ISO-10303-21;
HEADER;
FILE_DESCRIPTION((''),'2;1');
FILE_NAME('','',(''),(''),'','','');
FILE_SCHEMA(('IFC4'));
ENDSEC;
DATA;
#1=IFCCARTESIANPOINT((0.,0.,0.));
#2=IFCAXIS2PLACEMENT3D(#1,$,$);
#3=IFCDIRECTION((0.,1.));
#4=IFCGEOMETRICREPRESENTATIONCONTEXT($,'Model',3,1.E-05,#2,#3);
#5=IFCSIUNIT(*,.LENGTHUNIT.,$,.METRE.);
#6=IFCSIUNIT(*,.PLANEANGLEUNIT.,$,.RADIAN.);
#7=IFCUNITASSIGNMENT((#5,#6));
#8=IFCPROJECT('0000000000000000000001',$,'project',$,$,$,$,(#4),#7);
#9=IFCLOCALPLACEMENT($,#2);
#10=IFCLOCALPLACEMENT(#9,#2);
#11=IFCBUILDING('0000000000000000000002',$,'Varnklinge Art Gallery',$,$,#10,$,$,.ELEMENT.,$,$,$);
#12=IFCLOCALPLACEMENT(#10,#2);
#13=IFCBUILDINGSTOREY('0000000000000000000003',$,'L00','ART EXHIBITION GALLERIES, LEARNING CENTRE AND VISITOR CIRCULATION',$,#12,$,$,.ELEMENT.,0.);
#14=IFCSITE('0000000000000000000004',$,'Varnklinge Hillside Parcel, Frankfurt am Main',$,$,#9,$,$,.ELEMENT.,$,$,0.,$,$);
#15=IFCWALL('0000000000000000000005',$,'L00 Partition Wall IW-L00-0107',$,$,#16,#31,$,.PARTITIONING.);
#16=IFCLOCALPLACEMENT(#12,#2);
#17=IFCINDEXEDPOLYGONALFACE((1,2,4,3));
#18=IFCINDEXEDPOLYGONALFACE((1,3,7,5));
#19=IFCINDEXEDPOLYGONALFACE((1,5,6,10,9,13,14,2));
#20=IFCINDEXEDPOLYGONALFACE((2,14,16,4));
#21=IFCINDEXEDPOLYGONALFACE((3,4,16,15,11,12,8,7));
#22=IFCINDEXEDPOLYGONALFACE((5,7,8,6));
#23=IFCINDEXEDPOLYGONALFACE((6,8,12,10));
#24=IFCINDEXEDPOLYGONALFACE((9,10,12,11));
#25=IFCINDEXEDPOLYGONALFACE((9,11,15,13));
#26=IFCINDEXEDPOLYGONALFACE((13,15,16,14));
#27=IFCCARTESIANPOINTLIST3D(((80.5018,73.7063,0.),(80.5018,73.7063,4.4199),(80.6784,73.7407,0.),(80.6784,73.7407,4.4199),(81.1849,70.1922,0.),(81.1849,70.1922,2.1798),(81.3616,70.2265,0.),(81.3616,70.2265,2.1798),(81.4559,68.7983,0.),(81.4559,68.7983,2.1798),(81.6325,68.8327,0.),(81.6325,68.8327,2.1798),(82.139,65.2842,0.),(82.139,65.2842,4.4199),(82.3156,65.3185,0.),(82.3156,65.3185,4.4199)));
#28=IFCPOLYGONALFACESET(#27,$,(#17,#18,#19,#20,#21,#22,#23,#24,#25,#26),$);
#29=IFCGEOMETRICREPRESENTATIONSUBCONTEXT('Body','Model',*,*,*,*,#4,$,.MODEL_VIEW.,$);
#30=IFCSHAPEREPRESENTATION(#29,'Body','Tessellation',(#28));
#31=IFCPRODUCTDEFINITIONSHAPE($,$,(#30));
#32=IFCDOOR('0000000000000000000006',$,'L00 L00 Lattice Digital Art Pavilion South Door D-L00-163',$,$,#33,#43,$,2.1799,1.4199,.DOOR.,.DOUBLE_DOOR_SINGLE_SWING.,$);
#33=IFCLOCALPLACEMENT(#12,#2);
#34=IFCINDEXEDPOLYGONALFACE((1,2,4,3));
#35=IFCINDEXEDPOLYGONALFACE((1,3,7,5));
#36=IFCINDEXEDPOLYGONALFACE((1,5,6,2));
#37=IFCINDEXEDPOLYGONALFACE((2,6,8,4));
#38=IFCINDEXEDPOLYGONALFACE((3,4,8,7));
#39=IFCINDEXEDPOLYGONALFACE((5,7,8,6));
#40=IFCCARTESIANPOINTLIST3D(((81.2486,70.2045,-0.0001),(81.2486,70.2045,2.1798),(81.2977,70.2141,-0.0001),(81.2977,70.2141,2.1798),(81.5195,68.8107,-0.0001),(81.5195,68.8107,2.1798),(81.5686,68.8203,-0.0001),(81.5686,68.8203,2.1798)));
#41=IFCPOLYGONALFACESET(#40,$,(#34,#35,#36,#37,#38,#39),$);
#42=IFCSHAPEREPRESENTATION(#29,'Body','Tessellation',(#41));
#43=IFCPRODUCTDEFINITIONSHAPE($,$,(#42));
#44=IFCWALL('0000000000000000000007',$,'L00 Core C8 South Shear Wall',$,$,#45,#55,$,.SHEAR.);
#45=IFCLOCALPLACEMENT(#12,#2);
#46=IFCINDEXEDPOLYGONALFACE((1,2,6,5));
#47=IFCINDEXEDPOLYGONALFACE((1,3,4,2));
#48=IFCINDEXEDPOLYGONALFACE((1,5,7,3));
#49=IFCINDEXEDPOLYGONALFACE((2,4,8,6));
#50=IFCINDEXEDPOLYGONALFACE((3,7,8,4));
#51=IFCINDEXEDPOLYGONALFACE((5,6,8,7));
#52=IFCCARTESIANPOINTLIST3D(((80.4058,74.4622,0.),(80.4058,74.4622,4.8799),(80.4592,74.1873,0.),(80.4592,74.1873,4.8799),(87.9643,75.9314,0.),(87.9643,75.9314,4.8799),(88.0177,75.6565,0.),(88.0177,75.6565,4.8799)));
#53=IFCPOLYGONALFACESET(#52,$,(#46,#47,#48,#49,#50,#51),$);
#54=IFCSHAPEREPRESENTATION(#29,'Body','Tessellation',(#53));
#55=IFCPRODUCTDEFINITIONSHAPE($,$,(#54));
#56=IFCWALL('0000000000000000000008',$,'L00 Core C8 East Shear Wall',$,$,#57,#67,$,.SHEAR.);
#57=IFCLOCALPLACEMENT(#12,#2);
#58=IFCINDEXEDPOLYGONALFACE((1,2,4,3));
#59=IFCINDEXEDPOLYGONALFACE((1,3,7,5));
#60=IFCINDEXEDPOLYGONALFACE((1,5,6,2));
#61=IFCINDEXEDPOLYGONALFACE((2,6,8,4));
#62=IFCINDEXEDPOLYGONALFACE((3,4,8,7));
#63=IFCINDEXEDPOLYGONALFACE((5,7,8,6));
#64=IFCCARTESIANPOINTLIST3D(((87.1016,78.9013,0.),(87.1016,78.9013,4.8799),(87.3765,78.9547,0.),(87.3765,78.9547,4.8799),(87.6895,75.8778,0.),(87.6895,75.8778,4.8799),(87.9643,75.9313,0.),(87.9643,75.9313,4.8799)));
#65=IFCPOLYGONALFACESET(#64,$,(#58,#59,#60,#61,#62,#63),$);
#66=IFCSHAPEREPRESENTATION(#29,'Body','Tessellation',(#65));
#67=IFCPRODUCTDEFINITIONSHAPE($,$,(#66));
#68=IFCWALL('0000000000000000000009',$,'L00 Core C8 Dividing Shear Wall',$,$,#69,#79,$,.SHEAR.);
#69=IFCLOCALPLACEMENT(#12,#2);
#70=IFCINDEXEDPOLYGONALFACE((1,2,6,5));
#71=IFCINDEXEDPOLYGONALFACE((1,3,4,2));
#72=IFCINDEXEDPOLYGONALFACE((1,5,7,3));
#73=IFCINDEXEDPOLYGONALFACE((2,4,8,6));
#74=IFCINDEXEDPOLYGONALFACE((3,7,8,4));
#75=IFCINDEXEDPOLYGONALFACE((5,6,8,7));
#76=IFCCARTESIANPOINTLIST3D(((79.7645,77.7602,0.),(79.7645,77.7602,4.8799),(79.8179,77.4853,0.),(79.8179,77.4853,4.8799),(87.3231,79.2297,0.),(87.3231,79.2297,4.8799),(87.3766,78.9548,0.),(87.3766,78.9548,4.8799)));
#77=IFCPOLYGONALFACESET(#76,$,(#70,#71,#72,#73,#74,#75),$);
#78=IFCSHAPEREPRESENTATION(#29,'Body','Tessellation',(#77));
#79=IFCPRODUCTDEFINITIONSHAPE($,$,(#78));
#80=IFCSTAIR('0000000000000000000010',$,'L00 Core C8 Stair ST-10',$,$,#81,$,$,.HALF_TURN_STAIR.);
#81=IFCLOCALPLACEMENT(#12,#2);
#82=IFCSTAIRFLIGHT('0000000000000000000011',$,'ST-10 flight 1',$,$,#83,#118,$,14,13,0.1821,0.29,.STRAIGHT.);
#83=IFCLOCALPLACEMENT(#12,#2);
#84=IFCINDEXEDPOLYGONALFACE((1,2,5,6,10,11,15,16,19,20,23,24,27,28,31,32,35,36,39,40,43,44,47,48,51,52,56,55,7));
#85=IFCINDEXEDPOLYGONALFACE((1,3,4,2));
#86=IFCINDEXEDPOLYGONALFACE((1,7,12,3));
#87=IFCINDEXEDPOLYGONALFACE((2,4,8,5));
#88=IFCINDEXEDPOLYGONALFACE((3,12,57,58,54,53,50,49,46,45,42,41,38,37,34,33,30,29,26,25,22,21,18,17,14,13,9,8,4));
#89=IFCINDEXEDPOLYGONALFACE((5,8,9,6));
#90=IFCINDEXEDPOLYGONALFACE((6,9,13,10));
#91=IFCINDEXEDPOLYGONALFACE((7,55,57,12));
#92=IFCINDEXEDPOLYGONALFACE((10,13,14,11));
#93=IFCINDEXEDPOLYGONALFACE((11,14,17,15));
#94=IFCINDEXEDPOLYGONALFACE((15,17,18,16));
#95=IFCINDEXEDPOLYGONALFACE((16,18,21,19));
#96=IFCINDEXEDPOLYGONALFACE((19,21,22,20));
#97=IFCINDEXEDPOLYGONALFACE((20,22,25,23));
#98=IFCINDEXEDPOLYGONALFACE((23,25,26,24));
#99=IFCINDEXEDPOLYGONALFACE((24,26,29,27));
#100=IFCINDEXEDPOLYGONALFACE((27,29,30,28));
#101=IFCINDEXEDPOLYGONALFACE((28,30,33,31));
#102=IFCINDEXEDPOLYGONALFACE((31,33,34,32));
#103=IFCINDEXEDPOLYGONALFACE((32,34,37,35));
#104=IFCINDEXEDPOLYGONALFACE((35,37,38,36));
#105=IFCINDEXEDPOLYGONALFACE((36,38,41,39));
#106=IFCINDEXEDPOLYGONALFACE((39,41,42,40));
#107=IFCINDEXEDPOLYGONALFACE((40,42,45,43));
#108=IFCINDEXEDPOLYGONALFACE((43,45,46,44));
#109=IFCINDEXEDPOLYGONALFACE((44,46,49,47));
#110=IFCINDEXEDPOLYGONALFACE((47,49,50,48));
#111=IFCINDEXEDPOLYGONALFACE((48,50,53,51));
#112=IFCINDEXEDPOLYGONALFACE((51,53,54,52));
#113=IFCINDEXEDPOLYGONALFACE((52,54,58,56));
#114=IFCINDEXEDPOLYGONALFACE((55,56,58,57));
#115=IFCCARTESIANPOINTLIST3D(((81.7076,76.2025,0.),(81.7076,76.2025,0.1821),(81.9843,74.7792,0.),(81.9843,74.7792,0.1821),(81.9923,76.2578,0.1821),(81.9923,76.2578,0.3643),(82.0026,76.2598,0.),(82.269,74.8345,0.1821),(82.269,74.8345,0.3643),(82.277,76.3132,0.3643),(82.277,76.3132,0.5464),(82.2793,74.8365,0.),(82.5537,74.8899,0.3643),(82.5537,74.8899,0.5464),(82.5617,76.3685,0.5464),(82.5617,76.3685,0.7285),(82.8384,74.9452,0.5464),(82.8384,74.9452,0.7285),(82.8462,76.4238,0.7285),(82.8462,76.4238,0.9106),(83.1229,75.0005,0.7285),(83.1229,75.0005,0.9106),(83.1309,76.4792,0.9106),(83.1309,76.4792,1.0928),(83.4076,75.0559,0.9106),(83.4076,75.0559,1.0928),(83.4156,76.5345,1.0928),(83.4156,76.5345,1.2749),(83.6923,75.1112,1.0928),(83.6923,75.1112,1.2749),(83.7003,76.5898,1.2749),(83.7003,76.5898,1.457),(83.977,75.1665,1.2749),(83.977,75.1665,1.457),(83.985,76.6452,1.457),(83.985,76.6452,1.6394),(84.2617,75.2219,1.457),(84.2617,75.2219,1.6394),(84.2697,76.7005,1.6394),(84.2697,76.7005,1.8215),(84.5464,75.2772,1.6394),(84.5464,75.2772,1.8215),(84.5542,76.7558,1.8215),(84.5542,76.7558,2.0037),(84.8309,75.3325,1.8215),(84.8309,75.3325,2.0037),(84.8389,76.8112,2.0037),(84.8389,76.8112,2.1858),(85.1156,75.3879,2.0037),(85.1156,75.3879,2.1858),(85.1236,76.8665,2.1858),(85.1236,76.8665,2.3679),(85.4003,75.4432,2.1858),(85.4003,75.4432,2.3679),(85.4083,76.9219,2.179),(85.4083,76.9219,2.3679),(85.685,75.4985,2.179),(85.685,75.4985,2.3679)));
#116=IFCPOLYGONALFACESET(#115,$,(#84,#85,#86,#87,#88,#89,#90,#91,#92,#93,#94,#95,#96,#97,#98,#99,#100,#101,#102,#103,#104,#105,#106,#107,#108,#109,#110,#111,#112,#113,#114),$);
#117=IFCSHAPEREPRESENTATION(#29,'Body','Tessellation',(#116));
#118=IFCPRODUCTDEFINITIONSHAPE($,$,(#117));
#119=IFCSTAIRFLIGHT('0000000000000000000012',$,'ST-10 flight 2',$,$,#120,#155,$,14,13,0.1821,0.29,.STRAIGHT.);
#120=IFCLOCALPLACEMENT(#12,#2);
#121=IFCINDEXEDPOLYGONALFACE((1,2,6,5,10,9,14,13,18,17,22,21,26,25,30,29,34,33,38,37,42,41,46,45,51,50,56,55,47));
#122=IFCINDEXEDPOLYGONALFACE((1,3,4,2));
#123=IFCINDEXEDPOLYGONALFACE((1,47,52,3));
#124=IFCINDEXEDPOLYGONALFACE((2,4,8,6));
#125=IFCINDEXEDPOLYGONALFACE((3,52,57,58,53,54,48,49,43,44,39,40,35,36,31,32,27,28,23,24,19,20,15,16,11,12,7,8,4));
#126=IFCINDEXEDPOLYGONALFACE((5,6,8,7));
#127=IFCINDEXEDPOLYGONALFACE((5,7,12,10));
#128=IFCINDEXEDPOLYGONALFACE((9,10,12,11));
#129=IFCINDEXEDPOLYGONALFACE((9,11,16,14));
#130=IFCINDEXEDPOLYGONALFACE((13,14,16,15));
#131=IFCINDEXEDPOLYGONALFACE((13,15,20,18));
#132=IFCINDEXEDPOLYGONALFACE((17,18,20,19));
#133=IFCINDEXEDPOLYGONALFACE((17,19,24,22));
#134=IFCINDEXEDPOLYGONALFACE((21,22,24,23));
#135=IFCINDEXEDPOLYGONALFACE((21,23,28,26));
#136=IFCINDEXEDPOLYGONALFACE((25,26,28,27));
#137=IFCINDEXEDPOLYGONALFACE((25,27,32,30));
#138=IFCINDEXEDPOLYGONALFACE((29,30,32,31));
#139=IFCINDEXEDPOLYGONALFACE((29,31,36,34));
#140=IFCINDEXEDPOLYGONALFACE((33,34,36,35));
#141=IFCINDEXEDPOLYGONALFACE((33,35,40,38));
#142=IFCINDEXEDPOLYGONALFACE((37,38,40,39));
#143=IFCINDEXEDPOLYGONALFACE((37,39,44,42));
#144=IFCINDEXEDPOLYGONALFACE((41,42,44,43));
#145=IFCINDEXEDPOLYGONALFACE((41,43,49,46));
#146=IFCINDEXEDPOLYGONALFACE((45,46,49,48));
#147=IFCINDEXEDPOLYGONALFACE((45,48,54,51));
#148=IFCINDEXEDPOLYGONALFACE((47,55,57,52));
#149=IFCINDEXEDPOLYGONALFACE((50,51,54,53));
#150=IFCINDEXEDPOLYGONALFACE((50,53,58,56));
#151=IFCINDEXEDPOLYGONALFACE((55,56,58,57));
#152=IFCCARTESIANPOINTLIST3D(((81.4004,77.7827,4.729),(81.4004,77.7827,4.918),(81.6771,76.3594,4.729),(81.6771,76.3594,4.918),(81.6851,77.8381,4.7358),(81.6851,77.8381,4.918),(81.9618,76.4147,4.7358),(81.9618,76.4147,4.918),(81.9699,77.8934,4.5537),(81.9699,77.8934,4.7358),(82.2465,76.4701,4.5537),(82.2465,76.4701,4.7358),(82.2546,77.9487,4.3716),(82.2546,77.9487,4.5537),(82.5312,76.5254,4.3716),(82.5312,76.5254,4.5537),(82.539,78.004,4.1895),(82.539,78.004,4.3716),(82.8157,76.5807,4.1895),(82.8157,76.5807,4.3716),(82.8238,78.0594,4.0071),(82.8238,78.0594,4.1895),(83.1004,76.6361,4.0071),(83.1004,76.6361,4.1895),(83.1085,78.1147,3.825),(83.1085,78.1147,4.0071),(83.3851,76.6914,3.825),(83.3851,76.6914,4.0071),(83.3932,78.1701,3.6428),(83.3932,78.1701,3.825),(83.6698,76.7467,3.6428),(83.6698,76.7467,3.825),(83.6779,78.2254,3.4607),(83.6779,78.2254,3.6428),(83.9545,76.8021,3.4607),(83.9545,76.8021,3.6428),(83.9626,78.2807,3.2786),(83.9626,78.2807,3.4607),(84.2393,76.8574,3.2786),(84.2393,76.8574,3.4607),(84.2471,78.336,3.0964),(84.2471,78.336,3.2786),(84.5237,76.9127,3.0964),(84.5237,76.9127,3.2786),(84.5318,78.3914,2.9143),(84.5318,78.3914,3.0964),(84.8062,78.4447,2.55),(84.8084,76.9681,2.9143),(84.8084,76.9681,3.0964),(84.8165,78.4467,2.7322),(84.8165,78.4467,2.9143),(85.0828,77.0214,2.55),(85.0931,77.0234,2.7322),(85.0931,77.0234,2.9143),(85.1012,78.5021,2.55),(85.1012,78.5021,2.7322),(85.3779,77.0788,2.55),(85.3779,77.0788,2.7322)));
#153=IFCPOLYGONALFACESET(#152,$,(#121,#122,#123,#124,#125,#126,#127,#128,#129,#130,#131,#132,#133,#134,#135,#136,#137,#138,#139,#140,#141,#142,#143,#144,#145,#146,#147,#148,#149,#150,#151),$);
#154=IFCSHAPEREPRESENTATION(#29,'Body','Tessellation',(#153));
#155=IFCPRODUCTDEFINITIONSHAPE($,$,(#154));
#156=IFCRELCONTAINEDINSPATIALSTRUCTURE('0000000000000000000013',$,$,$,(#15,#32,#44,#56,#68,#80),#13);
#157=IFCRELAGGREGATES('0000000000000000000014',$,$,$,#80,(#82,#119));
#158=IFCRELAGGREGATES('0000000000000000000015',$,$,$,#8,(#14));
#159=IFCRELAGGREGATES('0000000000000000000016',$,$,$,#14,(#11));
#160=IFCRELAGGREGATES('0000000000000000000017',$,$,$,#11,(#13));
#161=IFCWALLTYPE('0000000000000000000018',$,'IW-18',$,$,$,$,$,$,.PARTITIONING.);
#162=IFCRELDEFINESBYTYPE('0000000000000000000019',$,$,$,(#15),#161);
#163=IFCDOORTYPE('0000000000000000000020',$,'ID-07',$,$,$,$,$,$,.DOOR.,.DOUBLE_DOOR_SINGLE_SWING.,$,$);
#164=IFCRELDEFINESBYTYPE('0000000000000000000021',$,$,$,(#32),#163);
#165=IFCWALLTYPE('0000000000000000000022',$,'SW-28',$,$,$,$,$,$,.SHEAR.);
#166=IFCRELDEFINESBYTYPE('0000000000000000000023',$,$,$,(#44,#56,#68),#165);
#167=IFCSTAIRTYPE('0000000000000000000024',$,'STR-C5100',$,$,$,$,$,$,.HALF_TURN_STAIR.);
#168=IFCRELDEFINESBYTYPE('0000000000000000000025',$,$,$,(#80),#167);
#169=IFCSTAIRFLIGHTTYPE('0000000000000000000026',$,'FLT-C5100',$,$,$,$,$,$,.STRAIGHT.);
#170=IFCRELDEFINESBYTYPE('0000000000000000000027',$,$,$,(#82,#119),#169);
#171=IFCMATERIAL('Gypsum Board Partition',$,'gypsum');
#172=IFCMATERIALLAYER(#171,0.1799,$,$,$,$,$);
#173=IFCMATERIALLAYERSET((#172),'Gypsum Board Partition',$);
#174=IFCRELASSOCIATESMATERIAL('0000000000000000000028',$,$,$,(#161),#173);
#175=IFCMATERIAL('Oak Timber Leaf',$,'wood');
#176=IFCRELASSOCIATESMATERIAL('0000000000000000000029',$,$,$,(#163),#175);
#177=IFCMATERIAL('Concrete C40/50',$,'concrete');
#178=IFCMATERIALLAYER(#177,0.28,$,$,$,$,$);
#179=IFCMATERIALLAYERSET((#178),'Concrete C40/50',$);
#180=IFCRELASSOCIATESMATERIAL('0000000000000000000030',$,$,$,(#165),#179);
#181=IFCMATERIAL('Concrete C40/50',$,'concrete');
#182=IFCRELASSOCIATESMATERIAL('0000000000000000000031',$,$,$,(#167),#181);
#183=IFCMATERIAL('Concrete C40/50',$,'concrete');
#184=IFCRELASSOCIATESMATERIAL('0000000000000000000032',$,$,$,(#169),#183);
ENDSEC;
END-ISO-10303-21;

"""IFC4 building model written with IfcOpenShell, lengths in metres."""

from ifc_helpers import new_model, si_unit, direction, frame, frame_2d, origin, place, context, subcontext, project, spatial, polyline, rectangle, outline, extrude, material, layer, layer_set, type_object, element, fill, aggregate, save


model = new_model("IFC4")

# Units and contexts
model_context = context("Model", 3, precision=1e-05, world=origin(), true_north=direction((0.0, 1.0)))
body_context = subcontext(model_context, "Body", "Model", "MODEL_VIEW")
ifc_project = project(units=[si_unit("LENGTHUNIT", "METRE"), si_unit("PLANEANGLEUNIT", "RADIAN")], contexts=[model_context])

# Site, building, storey
site_placement = place(None, origin())
site = spatial("IfcSite", under=ifc_project, at=site_placement, Name="Varnklinge Hillside Parcel, Frankfurt am Main", CompositionType="ELEMENT", RefElevation=0.0)
building_placement = place(site_placement, origin())
building = spatial("IfcBuilding", under=site, at=building_placement, Name="Varnklinge Art Gallery", CompositionType="ELEMENT")
storey_placement = place(building_placement, origin())
storey = spatial("IfcBuildingStorey", under=building, at=storey_placement, Name="L00", Description="ART EXHIBITION GALLERIES, LEARNING CENTRE AND VISITOR CIRCULATION", CompositionType="ELEMENT", Elevation=0.0)

# Wall, opening, door
ifc_material_1 = material(Name="Gypsum Board Partition", Category="gypsum")
ifc_layer_1 = layer(ifc_material_1, 0.1799)
ifc_layer_set_1 = layer_set([ifc_layer_1], Name="Gypsum Board Partition")
wall_type_1 = type_object("IfcWallType", Name="IW-18", PredefinedType="PARTITIONING", material=ifc_layer_set_1)
wall_1_placement = place(storey_placement, frame((80.5901, 73.7236, 0.0), z_axis=(0.0, 0.0, 1.0), x_axis=(0.190822, -0.981625, 0.0)))
wall_1 = element("IfcWall", 1, at=wall_1_placement, inside=storey, type_object=wall_type_1, Name="L00 Partition Wall IW-L00-0107", PredefinedType="PARTITIONING", context=body_context, shape_type="SweptSolid", body=[
    extrude(rectangle(XDim=8.5798, YDim=0.1799, at=frame_2d((4.29, 0.0))), origin(), (0.0, 0.0, 1.0), 4.4199),
])
opening_1_placement = place(wall_1_placement, frame((3.5801, 0.0, 0.0)))
opening_1 = element("IfcOpeningElement", 2, at=opening_1_placement, cuts=wall_1, PredefinedType="OPENING", context=body_context, shape_type="SweptSolid", body=[
    extrude(rectangle(XDim=1.4199, YDim=2.1799, at=frame_2d((0.71, 1.0898))), frame((0.0, 0.0999, 0.0), z_axis=(0.0, -1.0, 0.0), x_axis=(1.0, 0.0, 0.0)), (0.0, 0.0, 1.0), 0.2),
])
ifc_material_2 = material(Name="Oak Timber Leaf", Category="wood")
door_type_1 = type_object("IfcDoorType", Name="ID-07", OperationType="DOUBLE_DOOR_SINGLE_SWING", PredefinedType="DOOR", material=ifc_material_2)
door_1_placement = place(opening_1_placement, origin())
door_1 = element("IfcDoor", 3, at=door_1_placement, inside=storey, type_object=door_type_1, Name="L00 L00 Lattice Digital Art Pavilion South Door D-L00-163", OperationType="DOUBLE_DOOR_SINGLE_SWING", OverallHeight=2.1799, OverallWidth=1.4199, PredefinedType="DOOR", context=body_context, shape_type="SweptSolid", body=[
    extrude(rectangle(XDim=1.4199, YDim=2.1799, at=frame_2d((0.71, 1.0898))), frame((0.0, 0.0249, 0.0), z_axis=(0.0, -1.0, 0.0), x_axis=(1.0, 0.0, 0.0)), (0.0, 0.0, 1.0), 0.05),
])
fill(opening_1, door_1)

# Walls
ifc_material_3 = material(Name="Concrete C40/50", Category="concrete")
ifc_layer_2 = layer(ifc_material_3, 0.28)
ifc_layer_set_2 = layer_set([ifc_layer_2], Name="Concrete C40/50")
wall_type_2 = type_object("IfcWallType", Name="SW-28", PredefinedType="SHEAR", material=ifc_layer_set_2)
wall_2_placement = place(storey_placement, frame((80.4324, 74.3247, 0.0), z_axis=(0.0, 0.0, 1.0), x_axis=(0.981627, 0.190809, 0.0)))
element("IfcWall", 4, at=wall_2_placement, inside=storey, type_object=wall_type_2, Name="L00 Core C8 South Shear Wall", PredefinedType="SHEAR", context=body_context, shape_type="SweptSolid", body=[
    extrude(rectangle(XDim=7.7, YDim=0.28, at=frame_2d((3.8501, 0.0))), origin(), (0.0, 0.0, 1.0), 4.8799),
])
wall_3_placement = place(storey_placement, frame((87.8269, 75.9045, 0.0), z_axis=(0.0, 0.0, 1.0), x_axis=(-0.19087, 0.981615, 0.0)))
element("IfcWall", 5, at=wall_3_placement, inside=storey, type_object=wall_type_2, Name="L00 Core C8 East Shear Wall", PredefinedType="SHEAR", context=body_context, shape_type="SweptSolid", body=[
    extrude(rectangle(XDim=3.0801, YDim=0.28, at=frame_2d((1.54, 0.0))), origin(), (0.0, 0.0, 1.0), 4.8799),
])
wall_4_placement = place(storey_placement, frame((87.3499, 79.0923, 0.0), z_axis=(0.0, 0.0, 1.0), x_axis=(-0.981621, -0.190839, 0.0)))
element("IfcWall", 6, at=wall_4_placement, inside=storey, type_object=wall_type_2, Name="L00 Core C8 Dividing Shear Wall", PredefinedType="SHEAR", context=body_context, shape_type="SweptSolid", body=[
    extrude(rectangle(XDim=7.7002, YDim=0.28, at=frame_2d((3.8501, 0.0))), origin(), (0.0, 0.0, 1.0), 4.8799),
])

# Stair, stair flights
ifc_material_4 = material(Name="Concrete C40/50", Category="concrete")
stair_type = type_object("IfcStairType", Name="STR-C5100", PredefinedType="HALF_TURN_STAIR", material=ifc_material_4)
stair_placement = place(storey_placement, origin())
stair = element("IfcStair", 7, at=stair_placement, inside=storey, type_object=stair_type, Name="L00 Core C8 Stair ST-10", PredefinedType="HALF_TURN_STAIR")
ifc_material_5 = material(Name="Concrete C40/50", Category="concrete")
stair_flight_type = type_object("IfcStairFlightType", Name="FLT-C5100", PredefinedType="STRAIGHT", material=ifc_material_5)
stair_flight_1_placement = place(storey_placement, frame((81.8459, 75.4907, 0.0), z_axis=(0.0, 0.0, 1.0), x_axis=(0.981627, 0.190809, 0.0)))
stair_flight_1 = element("IfcStairFlight", 8, at=stair_flight_1_placement, type_object=stair_flight_type, Name="ST-10 flight 1", NumberOfRisers=14, NumberOfTreads=13, PredefinedType="STRAIGHT", RiserHeight=0.1821, TreadLength=0.29, context=body_context, shape_type="SweptSolid", body=[
    extrude(outline(polyline([(0.0, 0.0), (0.0, 0.1821), (0.29, 0.1821), (0.29, 0.3643), (0.5801, 0.3643), (0.5801, 0.5464), (0.8701, 0.5464), (0.8701, 0.7285), (1.1599, 0.7285), (1.1599, 0.9106), (1.45, 0.9106), (1.45, 1.0928), (1.74, 1.0928), (1.74, 1.2749), (2.03, 1.2749), (2.03, 1.457), (2.3201, 1.457), (2.3201, 1.6394), (2.6101, 1.6394), (2.6101, 1.8215), (2.8999, 1.8215), (2.8999, 2.0037), (3.1899, 2.0037), (3.1899, 2.1858), (3.48, 2.1858), (3.48, 2.3679), (3.77, 2.3679), (3.77, 2.55), (3.77, 2.179), (0.3005, 0.0), (0.0, 0.0)])), frame((0.0, 0.7251, 0.0), z_axis=(0.0, -1.0, 0.0), x_axis=(1.0, 0.0, 0.0)), (0.0, 0.0, 1.0), 1.45),
])
stair_flight_2_placement = place(storey_placement, frame((85.2395, 77.7905, 2.55), z_axis=(0.0, 0.0, 1.0), x_axis=(-0.981627, -0.190809, 0.0)))
stair_flight_2 = element("IfcStairFlight", 9, at=stair_flight_2_placement, type_object=stair_flight_type, Name="ST-10 flight 2", NumberOfRisers=14, NumberOfTreads=13, PredefinedType="STRAIGHT", RiserHeight=0.1821, TreadLength=0.29, context=body_context, shape_type="SweptSolid", body=[
    extrude(outline(polyline([(0.0, 0.0), (0.0, 0.1821), (0.29, 0.1821), (0.29, 0.3643), (0.5801, 0.3643), (0.5801, 0.5464), (0.8701, 0.5464), (0.8701, 0.7285), (1.1599, 0.7285), (1.1599, 0.9106), (1.45, 0.9106), (1.45, 1.0928), (1.74, 1.0928), (1.74, 1.2749), (2.03, 1.2749), (2.03, 1.457), (2.3201, 1.457), (2.3201, 1.6394), (2.6101, 1.6394), (2.6101, 1.8215), (2.8999, 1.8215), (2.8999, 2.0037), (3.1899, 2.0037), (3.1899, 2.1858), (3.48, 2.1858), (3.48, 2.3679), (3.77, 2.3679), (3.77, 2.55), (3.77, 2.179), (0.3005, 0.0), (0.0, 0.0)])), frame((0.0, 0.7251, 0.0), z_axis=(0.0, -1.0, 0.0), x_axis=(1.0, 0.0, 0.0)), (0.0, 0.0, 1.0), 1.45),
])
aggregate(stair, [stair_flight_1, stair_flight_2])

save(model, "model.ifc")
